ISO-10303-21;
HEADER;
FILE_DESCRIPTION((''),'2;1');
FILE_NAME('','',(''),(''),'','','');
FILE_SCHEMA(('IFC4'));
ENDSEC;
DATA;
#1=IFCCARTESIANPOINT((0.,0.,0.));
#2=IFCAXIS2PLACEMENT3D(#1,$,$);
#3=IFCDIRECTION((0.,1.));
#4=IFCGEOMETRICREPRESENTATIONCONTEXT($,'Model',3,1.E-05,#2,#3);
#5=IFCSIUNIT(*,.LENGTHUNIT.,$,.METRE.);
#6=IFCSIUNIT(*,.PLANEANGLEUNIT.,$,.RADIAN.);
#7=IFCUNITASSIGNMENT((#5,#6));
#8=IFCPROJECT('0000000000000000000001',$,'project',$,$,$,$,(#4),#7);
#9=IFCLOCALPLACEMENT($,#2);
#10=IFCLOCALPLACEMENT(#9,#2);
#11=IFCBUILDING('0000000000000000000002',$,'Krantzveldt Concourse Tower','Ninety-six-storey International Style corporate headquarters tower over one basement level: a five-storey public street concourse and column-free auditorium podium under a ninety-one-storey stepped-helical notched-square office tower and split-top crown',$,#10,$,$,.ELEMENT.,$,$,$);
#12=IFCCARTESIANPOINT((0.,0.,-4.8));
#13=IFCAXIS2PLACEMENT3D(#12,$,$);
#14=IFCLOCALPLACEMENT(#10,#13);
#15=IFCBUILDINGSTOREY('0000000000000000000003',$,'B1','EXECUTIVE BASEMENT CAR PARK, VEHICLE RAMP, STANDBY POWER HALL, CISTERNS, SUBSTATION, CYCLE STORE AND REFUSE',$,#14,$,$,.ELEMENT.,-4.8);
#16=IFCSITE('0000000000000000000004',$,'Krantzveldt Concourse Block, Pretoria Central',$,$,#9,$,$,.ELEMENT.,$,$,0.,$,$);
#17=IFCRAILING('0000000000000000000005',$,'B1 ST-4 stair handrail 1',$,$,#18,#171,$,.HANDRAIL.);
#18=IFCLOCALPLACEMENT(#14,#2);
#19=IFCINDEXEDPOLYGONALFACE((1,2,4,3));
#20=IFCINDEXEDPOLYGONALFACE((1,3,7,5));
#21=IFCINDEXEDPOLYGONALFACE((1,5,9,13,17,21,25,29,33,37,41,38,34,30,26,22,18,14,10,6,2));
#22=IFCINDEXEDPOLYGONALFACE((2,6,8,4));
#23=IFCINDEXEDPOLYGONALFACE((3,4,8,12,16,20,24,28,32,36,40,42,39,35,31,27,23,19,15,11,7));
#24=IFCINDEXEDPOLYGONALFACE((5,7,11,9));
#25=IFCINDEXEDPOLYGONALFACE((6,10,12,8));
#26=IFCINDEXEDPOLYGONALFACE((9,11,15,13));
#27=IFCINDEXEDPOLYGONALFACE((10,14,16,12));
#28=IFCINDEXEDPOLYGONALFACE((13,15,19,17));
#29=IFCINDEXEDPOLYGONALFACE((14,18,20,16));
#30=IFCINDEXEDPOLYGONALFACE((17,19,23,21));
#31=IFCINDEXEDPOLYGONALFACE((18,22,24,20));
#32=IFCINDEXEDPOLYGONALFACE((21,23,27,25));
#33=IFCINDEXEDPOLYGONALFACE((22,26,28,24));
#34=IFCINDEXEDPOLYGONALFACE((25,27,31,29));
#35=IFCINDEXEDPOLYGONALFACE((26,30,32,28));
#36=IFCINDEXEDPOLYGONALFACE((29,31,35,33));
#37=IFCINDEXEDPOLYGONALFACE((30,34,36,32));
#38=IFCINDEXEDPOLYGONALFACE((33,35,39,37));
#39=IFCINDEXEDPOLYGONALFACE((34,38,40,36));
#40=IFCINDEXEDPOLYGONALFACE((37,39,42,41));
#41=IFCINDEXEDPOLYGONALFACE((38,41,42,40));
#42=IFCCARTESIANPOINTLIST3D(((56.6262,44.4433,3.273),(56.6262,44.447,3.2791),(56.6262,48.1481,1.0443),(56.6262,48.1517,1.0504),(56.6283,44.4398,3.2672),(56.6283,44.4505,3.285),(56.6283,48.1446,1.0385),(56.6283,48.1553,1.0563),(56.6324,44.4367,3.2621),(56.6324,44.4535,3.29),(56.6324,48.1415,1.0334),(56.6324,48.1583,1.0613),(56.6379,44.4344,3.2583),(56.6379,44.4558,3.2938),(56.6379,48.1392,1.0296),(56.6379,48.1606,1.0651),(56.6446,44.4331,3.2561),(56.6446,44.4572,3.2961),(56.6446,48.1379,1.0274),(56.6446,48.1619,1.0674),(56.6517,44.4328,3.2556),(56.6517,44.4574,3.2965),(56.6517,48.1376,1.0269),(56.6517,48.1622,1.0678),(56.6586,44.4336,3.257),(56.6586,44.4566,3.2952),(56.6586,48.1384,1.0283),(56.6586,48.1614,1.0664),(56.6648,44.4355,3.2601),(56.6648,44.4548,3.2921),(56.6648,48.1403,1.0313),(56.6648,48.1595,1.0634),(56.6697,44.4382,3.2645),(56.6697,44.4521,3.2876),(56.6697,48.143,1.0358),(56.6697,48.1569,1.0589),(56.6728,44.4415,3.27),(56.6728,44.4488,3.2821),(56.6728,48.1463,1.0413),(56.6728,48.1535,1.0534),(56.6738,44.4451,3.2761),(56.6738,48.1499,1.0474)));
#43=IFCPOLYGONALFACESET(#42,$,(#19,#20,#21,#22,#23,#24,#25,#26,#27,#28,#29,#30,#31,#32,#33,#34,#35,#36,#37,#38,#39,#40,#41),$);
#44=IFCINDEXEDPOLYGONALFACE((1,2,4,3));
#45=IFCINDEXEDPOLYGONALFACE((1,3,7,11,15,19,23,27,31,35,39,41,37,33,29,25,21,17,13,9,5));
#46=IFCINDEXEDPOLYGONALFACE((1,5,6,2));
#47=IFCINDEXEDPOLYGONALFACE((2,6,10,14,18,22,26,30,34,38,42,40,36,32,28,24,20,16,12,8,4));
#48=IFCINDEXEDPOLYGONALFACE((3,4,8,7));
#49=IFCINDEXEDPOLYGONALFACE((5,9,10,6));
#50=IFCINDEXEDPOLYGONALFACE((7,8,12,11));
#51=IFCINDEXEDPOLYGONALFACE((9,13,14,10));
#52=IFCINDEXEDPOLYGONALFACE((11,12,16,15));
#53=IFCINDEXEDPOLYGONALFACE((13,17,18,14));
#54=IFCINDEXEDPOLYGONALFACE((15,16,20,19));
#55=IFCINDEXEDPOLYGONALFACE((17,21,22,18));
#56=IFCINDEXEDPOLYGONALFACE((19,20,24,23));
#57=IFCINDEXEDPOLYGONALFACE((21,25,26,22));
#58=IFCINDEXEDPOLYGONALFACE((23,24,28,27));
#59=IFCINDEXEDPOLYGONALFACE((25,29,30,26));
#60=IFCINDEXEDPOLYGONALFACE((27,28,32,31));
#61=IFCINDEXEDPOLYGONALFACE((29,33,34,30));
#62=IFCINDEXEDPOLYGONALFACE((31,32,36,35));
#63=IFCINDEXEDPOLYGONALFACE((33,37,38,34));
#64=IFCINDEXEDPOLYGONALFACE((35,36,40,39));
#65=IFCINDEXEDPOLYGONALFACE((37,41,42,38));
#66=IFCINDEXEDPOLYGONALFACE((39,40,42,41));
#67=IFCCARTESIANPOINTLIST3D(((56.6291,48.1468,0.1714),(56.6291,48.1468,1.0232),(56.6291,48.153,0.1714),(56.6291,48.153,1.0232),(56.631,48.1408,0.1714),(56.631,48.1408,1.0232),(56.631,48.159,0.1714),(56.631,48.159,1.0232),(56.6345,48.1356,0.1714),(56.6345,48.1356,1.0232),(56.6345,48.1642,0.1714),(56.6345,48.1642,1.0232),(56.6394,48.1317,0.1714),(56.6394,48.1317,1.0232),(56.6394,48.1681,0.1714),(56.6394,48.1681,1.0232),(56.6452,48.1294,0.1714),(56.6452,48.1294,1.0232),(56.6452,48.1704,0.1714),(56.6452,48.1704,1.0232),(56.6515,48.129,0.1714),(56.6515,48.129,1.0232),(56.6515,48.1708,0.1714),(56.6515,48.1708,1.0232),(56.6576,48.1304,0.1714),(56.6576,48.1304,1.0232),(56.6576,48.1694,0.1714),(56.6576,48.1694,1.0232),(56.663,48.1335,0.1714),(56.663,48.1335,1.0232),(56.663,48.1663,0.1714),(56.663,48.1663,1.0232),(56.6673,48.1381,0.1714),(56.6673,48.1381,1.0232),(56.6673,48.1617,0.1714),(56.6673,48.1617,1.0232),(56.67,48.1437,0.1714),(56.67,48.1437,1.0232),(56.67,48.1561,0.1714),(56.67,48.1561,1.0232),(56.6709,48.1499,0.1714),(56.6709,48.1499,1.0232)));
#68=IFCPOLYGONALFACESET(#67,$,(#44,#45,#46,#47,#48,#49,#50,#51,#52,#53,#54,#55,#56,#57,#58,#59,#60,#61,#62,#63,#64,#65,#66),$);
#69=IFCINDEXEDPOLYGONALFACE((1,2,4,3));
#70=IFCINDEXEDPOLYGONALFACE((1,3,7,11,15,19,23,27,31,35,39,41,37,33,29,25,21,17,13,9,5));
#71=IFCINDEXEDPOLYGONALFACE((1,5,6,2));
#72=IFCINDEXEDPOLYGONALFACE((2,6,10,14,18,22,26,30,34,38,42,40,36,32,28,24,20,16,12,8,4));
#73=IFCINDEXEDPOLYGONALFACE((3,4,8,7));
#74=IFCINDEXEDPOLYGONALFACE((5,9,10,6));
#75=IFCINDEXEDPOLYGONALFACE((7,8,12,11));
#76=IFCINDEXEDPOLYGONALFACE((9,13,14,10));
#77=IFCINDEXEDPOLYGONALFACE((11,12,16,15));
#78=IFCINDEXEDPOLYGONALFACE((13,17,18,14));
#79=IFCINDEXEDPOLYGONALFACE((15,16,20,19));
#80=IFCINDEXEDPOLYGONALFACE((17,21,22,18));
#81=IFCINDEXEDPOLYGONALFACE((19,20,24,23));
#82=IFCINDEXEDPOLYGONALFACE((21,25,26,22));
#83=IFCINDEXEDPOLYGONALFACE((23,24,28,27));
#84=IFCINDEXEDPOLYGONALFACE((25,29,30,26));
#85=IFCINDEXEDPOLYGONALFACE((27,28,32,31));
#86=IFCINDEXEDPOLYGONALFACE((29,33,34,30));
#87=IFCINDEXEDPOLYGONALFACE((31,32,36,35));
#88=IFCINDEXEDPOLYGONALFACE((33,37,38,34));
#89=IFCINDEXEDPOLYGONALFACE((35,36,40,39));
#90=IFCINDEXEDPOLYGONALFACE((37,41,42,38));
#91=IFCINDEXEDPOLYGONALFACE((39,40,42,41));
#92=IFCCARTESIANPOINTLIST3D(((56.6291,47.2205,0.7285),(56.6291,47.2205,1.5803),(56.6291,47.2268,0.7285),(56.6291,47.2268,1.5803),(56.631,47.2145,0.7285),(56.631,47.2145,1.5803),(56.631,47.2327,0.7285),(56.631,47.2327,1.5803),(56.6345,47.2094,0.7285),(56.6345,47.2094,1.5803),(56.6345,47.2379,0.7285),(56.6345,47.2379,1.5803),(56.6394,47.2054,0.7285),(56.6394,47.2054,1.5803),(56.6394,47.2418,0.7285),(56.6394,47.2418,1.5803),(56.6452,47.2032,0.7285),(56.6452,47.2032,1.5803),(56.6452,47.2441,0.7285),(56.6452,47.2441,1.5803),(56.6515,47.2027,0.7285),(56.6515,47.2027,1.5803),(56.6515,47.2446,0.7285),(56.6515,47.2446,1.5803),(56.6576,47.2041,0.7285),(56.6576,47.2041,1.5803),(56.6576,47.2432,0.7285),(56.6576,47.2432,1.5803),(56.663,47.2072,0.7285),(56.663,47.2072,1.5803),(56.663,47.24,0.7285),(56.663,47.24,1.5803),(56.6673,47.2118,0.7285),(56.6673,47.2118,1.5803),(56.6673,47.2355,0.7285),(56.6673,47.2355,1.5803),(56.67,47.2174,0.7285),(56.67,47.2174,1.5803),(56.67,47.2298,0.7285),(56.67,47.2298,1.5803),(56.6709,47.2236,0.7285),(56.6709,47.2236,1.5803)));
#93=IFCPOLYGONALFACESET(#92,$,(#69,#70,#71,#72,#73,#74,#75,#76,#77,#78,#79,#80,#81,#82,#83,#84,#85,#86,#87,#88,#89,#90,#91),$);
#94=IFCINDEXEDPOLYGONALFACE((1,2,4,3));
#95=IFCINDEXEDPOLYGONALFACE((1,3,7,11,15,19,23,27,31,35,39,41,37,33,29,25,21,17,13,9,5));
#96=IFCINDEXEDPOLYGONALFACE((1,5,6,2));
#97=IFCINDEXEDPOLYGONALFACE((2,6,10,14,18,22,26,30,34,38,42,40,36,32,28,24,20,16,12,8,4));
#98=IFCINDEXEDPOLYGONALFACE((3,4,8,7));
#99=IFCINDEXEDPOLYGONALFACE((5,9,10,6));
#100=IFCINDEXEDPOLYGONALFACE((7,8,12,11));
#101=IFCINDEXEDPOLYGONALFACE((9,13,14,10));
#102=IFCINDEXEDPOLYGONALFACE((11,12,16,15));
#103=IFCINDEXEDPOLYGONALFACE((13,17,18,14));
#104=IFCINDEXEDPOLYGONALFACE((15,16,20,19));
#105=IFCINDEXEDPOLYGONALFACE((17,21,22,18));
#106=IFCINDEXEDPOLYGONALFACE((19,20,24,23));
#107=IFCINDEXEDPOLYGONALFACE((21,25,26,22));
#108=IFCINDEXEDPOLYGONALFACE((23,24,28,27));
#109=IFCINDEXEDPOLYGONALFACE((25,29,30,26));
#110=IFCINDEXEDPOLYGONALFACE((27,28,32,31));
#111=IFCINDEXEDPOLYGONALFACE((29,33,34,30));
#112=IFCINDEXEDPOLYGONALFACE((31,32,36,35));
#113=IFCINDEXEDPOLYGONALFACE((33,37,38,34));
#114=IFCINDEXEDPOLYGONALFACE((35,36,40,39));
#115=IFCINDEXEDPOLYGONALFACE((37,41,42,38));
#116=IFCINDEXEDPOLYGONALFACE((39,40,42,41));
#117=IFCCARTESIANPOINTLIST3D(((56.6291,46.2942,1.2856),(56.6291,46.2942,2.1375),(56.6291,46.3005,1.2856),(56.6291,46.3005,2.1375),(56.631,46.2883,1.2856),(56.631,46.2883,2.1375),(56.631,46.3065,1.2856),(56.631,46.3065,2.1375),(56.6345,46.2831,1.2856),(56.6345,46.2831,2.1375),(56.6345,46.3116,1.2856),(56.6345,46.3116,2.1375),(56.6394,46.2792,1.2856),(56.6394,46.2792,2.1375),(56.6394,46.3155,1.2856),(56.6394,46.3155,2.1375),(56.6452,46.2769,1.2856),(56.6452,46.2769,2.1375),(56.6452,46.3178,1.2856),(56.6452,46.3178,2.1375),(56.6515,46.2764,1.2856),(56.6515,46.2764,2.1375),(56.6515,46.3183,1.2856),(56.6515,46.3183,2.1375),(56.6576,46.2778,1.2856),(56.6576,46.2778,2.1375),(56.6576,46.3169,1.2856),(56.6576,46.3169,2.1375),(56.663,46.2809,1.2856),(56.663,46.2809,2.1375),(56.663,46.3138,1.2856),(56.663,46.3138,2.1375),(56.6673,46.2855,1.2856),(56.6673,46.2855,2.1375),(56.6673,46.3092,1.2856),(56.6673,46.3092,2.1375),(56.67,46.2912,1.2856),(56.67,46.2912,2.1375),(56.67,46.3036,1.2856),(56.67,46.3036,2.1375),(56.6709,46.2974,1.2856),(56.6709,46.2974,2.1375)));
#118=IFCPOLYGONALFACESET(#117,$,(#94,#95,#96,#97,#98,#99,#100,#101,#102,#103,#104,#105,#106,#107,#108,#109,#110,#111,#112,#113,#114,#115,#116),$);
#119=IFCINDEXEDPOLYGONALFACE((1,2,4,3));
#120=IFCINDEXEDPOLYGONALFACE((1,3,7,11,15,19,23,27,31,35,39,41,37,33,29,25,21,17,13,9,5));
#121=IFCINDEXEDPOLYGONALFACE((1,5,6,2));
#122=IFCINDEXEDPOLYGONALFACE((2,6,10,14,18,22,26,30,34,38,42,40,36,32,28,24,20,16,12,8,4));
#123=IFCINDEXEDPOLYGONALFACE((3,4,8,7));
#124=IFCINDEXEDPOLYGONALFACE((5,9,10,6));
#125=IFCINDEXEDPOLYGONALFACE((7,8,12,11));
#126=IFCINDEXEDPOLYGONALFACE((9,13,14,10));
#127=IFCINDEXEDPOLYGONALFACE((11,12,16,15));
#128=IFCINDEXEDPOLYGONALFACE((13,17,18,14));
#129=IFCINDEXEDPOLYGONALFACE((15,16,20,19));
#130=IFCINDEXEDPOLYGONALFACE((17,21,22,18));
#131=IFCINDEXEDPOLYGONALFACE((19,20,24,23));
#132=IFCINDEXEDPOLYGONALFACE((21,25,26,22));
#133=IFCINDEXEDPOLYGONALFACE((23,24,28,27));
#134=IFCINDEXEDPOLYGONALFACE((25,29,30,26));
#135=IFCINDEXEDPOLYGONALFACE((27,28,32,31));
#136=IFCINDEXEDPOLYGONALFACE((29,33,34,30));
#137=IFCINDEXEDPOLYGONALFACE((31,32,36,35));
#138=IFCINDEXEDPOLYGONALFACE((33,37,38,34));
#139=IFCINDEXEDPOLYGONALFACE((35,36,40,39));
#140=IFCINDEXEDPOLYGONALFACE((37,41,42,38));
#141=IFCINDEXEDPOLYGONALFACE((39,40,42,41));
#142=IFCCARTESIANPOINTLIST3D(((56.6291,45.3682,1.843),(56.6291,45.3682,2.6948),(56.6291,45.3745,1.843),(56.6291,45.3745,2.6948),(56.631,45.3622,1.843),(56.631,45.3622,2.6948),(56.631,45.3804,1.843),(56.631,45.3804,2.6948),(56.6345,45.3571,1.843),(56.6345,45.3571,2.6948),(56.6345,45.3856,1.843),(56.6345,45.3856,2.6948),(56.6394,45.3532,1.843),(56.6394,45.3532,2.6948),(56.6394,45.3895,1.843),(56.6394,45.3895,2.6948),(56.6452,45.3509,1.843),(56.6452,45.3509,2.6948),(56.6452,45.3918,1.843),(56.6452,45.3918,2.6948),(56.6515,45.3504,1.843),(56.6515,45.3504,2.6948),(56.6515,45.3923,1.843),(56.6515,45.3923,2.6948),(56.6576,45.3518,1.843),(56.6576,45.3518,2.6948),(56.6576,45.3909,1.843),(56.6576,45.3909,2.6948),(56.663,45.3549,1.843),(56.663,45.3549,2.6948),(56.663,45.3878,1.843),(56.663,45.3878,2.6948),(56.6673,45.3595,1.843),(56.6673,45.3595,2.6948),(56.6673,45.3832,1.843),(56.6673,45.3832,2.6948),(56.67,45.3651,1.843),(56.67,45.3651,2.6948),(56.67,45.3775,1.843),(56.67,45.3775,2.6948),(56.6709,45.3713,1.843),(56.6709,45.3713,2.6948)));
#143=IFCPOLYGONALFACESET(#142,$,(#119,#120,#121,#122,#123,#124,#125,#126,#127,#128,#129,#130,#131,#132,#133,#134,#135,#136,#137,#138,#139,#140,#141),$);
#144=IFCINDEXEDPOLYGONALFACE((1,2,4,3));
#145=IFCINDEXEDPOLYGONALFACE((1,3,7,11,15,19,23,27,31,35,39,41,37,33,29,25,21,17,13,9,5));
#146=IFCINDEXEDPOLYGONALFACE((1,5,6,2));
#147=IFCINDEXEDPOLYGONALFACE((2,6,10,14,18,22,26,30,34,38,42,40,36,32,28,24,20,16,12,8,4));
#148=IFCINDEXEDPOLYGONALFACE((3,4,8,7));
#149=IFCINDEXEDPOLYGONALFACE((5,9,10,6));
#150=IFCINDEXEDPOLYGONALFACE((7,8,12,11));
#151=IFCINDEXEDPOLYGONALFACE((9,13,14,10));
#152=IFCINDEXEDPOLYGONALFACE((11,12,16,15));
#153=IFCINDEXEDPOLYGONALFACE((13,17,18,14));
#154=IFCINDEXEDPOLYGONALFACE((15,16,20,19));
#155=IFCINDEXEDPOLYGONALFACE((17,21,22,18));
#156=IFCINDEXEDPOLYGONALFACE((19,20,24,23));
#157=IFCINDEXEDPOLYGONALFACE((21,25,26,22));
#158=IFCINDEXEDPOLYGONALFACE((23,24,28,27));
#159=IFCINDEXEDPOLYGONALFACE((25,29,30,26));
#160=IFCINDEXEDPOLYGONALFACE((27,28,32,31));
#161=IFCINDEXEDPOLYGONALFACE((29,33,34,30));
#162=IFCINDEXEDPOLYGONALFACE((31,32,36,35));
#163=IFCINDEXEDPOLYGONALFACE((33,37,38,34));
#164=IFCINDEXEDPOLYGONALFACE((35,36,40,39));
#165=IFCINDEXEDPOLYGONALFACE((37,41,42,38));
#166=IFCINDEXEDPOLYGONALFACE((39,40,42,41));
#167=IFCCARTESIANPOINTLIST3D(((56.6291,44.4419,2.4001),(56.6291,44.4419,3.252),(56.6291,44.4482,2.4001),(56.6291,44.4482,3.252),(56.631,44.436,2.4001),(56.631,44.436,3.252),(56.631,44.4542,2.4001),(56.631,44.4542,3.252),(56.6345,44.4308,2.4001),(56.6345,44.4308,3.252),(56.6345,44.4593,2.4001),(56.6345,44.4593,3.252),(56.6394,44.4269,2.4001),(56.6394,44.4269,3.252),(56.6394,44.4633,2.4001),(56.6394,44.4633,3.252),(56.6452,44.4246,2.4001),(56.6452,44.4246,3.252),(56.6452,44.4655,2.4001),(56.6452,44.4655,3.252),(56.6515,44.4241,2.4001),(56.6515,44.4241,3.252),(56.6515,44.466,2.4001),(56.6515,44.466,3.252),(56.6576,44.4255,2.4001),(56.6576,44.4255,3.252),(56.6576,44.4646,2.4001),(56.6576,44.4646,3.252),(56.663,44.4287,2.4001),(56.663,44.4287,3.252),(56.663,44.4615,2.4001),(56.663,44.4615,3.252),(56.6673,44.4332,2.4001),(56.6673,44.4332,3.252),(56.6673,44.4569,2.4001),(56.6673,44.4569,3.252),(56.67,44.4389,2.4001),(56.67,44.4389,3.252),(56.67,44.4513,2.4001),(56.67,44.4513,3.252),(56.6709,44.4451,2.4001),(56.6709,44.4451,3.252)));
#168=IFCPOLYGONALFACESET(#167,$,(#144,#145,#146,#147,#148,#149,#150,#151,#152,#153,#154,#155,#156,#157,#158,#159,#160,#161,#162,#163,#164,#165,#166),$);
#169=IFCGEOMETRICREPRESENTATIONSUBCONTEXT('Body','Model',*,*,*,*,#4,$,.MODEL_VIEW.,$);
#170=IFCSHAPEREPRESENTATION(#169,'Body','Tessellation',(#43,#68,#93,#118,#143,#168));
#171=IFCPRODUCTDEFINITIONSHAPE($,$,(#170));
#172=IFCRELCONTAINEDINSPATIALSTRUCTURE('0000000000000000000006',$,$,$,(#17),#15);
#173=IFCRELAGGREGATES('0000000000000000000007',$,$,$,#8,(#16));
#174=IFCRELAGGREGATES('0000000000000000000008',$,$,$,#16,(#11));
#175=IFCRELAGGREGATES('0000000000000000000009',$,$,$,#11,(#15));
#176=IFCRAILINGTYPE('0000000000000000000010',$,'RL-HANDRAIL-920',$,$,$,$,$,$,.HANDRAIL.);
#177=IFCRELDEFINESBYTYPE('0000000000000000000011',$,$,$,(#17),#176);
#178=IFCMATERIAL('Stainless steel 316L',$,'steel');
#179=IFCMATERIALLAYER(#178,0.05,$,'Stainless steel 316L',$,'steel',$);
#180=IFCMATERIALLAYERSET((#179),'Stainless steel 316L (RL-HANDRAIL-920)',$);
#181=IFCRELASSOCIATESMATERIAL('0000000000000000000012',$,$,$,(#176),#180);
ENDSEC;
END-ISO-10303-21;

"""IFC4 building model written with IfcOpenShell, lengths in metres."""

from ifc_helpers import new_model, si_unit, direction, frame, origin, origin_2d, place, context, subcontext, project, spatial, circle, extrude, material, layer, layer_set, type_object, element, save


model = new_model("IFC4")

# Units and contexts
model_context = context("Model", 3, precision=1e-05, world=origin(), true_north=direction((0.0, 1.0)))
body_context = subcontext(model_context, "Body", "Model", "MODEL_VIEW")
ifc_project = project(units=[si_unit("LENGTHUNIT", "METRE"), si_unit("PLANEANGLEUNIT", "RADIAN")], contexts=[model_context])

# Site, building, storey
site_placement = place(None, origin())
site = spatial("IfcSite", under=ifc_project, at=site_placement, Name="Krantzveldt Concourse Block, Pretoria Central", CompositionType="ELEMENT", RefElevation=0.0)
building_placement = place(site_placement, origin())
building = spatial("IfcBuilding", under=site, at=building_placement, Name="Krantzveldt Concourse Tower", Description="Ninety-six-storey International Style corporate headquarters tower over one basement level: a five-storey public street concourse and column-free auditorium podium under a ninety-one-storey stepped-helical notched-square office tower and split-top crown", CompositionType="ELEMENT")
storey_placement = place(building_placement, frame((0.0, 0.0, -4.8)))
storey = spatial("IfcBuildingStorey", under=building, at=storey_placement, Name="B1", Description="EXECUTIVE BASEMENT CAR PARK, VEHICLE RAMP, STANDBY POWER HALL, CISTERNS, SUBSTATION, CYCLE STORE AND REFUSE", CompositionType="ELEMENT", Elevation=-4.8)

# Railing
ifc_material_1 = material(Name="Stainless steel 316L", Category="steel")
ifc_layer_1 = layer(ifc_material_1, 0.05, Name="Stainless steel 316L", Category="steel")
ifc_layer_set_1 = layer_set([ifc_layer_1], Name="Stainless steel 316L (RL-HANDRAIL-920)")
railing_type_1 = type_object("IfcRailingType", Name="RL-HANDRAIL-920", PredefinedType="HANDRAIL", material=ifc_layer_set_1)
railing_1_placement = place(storey_placement, frame((56.6499, 48.1499, 0.1714)))
element("IfcRailing", 1, at=railing_1_placement, inside=storey, type_object=railing_type_1, Name="B1 ST-4 stair handrail 1", PredefinedType="HANDRAIL", context=body_context, shape_type="SweptSolid", body=[
    extrude(circle(Radius=0.0239, at=origin_2d()), frame((0.0, 0.0, 0.876), z_axis=(0.0, -0.856894, 0.515492), x_axis=(1.0, 0.0, 0.0)), (0.0, 0.0, 1.0), 4.3235),
    extrude(circle(Radius=0.021, at=origin_2d()), origin(), (0.0, 0.0, 1.0), 0.8518),
    extrude(circle(Radius=0.021, at=origin_2d()), frame((0.0, -0.9263, 0.5571)), (0.0, 0.0, 1.0), 0.8518),
    extrude(circle(Radius=0.021, at=origin_2d()), frame((0.0, -1.8525, 1.1143)), (0.0, 0.0, 1.0), 0.8518),
    extrude(circle(Radius=0.021, at=origin_2d()), frame((0.0, -2.7786, 1.6716)), (0.0, 0.0, 1.0), 0.8518),
    extrude(circle(Radius=0.021, at=origin_2d()), frame((0.0, -3.7048, 2.2288)), (0.0, 0.0, 1.0), 0.8518),
])

save(model, "model.ifc")
